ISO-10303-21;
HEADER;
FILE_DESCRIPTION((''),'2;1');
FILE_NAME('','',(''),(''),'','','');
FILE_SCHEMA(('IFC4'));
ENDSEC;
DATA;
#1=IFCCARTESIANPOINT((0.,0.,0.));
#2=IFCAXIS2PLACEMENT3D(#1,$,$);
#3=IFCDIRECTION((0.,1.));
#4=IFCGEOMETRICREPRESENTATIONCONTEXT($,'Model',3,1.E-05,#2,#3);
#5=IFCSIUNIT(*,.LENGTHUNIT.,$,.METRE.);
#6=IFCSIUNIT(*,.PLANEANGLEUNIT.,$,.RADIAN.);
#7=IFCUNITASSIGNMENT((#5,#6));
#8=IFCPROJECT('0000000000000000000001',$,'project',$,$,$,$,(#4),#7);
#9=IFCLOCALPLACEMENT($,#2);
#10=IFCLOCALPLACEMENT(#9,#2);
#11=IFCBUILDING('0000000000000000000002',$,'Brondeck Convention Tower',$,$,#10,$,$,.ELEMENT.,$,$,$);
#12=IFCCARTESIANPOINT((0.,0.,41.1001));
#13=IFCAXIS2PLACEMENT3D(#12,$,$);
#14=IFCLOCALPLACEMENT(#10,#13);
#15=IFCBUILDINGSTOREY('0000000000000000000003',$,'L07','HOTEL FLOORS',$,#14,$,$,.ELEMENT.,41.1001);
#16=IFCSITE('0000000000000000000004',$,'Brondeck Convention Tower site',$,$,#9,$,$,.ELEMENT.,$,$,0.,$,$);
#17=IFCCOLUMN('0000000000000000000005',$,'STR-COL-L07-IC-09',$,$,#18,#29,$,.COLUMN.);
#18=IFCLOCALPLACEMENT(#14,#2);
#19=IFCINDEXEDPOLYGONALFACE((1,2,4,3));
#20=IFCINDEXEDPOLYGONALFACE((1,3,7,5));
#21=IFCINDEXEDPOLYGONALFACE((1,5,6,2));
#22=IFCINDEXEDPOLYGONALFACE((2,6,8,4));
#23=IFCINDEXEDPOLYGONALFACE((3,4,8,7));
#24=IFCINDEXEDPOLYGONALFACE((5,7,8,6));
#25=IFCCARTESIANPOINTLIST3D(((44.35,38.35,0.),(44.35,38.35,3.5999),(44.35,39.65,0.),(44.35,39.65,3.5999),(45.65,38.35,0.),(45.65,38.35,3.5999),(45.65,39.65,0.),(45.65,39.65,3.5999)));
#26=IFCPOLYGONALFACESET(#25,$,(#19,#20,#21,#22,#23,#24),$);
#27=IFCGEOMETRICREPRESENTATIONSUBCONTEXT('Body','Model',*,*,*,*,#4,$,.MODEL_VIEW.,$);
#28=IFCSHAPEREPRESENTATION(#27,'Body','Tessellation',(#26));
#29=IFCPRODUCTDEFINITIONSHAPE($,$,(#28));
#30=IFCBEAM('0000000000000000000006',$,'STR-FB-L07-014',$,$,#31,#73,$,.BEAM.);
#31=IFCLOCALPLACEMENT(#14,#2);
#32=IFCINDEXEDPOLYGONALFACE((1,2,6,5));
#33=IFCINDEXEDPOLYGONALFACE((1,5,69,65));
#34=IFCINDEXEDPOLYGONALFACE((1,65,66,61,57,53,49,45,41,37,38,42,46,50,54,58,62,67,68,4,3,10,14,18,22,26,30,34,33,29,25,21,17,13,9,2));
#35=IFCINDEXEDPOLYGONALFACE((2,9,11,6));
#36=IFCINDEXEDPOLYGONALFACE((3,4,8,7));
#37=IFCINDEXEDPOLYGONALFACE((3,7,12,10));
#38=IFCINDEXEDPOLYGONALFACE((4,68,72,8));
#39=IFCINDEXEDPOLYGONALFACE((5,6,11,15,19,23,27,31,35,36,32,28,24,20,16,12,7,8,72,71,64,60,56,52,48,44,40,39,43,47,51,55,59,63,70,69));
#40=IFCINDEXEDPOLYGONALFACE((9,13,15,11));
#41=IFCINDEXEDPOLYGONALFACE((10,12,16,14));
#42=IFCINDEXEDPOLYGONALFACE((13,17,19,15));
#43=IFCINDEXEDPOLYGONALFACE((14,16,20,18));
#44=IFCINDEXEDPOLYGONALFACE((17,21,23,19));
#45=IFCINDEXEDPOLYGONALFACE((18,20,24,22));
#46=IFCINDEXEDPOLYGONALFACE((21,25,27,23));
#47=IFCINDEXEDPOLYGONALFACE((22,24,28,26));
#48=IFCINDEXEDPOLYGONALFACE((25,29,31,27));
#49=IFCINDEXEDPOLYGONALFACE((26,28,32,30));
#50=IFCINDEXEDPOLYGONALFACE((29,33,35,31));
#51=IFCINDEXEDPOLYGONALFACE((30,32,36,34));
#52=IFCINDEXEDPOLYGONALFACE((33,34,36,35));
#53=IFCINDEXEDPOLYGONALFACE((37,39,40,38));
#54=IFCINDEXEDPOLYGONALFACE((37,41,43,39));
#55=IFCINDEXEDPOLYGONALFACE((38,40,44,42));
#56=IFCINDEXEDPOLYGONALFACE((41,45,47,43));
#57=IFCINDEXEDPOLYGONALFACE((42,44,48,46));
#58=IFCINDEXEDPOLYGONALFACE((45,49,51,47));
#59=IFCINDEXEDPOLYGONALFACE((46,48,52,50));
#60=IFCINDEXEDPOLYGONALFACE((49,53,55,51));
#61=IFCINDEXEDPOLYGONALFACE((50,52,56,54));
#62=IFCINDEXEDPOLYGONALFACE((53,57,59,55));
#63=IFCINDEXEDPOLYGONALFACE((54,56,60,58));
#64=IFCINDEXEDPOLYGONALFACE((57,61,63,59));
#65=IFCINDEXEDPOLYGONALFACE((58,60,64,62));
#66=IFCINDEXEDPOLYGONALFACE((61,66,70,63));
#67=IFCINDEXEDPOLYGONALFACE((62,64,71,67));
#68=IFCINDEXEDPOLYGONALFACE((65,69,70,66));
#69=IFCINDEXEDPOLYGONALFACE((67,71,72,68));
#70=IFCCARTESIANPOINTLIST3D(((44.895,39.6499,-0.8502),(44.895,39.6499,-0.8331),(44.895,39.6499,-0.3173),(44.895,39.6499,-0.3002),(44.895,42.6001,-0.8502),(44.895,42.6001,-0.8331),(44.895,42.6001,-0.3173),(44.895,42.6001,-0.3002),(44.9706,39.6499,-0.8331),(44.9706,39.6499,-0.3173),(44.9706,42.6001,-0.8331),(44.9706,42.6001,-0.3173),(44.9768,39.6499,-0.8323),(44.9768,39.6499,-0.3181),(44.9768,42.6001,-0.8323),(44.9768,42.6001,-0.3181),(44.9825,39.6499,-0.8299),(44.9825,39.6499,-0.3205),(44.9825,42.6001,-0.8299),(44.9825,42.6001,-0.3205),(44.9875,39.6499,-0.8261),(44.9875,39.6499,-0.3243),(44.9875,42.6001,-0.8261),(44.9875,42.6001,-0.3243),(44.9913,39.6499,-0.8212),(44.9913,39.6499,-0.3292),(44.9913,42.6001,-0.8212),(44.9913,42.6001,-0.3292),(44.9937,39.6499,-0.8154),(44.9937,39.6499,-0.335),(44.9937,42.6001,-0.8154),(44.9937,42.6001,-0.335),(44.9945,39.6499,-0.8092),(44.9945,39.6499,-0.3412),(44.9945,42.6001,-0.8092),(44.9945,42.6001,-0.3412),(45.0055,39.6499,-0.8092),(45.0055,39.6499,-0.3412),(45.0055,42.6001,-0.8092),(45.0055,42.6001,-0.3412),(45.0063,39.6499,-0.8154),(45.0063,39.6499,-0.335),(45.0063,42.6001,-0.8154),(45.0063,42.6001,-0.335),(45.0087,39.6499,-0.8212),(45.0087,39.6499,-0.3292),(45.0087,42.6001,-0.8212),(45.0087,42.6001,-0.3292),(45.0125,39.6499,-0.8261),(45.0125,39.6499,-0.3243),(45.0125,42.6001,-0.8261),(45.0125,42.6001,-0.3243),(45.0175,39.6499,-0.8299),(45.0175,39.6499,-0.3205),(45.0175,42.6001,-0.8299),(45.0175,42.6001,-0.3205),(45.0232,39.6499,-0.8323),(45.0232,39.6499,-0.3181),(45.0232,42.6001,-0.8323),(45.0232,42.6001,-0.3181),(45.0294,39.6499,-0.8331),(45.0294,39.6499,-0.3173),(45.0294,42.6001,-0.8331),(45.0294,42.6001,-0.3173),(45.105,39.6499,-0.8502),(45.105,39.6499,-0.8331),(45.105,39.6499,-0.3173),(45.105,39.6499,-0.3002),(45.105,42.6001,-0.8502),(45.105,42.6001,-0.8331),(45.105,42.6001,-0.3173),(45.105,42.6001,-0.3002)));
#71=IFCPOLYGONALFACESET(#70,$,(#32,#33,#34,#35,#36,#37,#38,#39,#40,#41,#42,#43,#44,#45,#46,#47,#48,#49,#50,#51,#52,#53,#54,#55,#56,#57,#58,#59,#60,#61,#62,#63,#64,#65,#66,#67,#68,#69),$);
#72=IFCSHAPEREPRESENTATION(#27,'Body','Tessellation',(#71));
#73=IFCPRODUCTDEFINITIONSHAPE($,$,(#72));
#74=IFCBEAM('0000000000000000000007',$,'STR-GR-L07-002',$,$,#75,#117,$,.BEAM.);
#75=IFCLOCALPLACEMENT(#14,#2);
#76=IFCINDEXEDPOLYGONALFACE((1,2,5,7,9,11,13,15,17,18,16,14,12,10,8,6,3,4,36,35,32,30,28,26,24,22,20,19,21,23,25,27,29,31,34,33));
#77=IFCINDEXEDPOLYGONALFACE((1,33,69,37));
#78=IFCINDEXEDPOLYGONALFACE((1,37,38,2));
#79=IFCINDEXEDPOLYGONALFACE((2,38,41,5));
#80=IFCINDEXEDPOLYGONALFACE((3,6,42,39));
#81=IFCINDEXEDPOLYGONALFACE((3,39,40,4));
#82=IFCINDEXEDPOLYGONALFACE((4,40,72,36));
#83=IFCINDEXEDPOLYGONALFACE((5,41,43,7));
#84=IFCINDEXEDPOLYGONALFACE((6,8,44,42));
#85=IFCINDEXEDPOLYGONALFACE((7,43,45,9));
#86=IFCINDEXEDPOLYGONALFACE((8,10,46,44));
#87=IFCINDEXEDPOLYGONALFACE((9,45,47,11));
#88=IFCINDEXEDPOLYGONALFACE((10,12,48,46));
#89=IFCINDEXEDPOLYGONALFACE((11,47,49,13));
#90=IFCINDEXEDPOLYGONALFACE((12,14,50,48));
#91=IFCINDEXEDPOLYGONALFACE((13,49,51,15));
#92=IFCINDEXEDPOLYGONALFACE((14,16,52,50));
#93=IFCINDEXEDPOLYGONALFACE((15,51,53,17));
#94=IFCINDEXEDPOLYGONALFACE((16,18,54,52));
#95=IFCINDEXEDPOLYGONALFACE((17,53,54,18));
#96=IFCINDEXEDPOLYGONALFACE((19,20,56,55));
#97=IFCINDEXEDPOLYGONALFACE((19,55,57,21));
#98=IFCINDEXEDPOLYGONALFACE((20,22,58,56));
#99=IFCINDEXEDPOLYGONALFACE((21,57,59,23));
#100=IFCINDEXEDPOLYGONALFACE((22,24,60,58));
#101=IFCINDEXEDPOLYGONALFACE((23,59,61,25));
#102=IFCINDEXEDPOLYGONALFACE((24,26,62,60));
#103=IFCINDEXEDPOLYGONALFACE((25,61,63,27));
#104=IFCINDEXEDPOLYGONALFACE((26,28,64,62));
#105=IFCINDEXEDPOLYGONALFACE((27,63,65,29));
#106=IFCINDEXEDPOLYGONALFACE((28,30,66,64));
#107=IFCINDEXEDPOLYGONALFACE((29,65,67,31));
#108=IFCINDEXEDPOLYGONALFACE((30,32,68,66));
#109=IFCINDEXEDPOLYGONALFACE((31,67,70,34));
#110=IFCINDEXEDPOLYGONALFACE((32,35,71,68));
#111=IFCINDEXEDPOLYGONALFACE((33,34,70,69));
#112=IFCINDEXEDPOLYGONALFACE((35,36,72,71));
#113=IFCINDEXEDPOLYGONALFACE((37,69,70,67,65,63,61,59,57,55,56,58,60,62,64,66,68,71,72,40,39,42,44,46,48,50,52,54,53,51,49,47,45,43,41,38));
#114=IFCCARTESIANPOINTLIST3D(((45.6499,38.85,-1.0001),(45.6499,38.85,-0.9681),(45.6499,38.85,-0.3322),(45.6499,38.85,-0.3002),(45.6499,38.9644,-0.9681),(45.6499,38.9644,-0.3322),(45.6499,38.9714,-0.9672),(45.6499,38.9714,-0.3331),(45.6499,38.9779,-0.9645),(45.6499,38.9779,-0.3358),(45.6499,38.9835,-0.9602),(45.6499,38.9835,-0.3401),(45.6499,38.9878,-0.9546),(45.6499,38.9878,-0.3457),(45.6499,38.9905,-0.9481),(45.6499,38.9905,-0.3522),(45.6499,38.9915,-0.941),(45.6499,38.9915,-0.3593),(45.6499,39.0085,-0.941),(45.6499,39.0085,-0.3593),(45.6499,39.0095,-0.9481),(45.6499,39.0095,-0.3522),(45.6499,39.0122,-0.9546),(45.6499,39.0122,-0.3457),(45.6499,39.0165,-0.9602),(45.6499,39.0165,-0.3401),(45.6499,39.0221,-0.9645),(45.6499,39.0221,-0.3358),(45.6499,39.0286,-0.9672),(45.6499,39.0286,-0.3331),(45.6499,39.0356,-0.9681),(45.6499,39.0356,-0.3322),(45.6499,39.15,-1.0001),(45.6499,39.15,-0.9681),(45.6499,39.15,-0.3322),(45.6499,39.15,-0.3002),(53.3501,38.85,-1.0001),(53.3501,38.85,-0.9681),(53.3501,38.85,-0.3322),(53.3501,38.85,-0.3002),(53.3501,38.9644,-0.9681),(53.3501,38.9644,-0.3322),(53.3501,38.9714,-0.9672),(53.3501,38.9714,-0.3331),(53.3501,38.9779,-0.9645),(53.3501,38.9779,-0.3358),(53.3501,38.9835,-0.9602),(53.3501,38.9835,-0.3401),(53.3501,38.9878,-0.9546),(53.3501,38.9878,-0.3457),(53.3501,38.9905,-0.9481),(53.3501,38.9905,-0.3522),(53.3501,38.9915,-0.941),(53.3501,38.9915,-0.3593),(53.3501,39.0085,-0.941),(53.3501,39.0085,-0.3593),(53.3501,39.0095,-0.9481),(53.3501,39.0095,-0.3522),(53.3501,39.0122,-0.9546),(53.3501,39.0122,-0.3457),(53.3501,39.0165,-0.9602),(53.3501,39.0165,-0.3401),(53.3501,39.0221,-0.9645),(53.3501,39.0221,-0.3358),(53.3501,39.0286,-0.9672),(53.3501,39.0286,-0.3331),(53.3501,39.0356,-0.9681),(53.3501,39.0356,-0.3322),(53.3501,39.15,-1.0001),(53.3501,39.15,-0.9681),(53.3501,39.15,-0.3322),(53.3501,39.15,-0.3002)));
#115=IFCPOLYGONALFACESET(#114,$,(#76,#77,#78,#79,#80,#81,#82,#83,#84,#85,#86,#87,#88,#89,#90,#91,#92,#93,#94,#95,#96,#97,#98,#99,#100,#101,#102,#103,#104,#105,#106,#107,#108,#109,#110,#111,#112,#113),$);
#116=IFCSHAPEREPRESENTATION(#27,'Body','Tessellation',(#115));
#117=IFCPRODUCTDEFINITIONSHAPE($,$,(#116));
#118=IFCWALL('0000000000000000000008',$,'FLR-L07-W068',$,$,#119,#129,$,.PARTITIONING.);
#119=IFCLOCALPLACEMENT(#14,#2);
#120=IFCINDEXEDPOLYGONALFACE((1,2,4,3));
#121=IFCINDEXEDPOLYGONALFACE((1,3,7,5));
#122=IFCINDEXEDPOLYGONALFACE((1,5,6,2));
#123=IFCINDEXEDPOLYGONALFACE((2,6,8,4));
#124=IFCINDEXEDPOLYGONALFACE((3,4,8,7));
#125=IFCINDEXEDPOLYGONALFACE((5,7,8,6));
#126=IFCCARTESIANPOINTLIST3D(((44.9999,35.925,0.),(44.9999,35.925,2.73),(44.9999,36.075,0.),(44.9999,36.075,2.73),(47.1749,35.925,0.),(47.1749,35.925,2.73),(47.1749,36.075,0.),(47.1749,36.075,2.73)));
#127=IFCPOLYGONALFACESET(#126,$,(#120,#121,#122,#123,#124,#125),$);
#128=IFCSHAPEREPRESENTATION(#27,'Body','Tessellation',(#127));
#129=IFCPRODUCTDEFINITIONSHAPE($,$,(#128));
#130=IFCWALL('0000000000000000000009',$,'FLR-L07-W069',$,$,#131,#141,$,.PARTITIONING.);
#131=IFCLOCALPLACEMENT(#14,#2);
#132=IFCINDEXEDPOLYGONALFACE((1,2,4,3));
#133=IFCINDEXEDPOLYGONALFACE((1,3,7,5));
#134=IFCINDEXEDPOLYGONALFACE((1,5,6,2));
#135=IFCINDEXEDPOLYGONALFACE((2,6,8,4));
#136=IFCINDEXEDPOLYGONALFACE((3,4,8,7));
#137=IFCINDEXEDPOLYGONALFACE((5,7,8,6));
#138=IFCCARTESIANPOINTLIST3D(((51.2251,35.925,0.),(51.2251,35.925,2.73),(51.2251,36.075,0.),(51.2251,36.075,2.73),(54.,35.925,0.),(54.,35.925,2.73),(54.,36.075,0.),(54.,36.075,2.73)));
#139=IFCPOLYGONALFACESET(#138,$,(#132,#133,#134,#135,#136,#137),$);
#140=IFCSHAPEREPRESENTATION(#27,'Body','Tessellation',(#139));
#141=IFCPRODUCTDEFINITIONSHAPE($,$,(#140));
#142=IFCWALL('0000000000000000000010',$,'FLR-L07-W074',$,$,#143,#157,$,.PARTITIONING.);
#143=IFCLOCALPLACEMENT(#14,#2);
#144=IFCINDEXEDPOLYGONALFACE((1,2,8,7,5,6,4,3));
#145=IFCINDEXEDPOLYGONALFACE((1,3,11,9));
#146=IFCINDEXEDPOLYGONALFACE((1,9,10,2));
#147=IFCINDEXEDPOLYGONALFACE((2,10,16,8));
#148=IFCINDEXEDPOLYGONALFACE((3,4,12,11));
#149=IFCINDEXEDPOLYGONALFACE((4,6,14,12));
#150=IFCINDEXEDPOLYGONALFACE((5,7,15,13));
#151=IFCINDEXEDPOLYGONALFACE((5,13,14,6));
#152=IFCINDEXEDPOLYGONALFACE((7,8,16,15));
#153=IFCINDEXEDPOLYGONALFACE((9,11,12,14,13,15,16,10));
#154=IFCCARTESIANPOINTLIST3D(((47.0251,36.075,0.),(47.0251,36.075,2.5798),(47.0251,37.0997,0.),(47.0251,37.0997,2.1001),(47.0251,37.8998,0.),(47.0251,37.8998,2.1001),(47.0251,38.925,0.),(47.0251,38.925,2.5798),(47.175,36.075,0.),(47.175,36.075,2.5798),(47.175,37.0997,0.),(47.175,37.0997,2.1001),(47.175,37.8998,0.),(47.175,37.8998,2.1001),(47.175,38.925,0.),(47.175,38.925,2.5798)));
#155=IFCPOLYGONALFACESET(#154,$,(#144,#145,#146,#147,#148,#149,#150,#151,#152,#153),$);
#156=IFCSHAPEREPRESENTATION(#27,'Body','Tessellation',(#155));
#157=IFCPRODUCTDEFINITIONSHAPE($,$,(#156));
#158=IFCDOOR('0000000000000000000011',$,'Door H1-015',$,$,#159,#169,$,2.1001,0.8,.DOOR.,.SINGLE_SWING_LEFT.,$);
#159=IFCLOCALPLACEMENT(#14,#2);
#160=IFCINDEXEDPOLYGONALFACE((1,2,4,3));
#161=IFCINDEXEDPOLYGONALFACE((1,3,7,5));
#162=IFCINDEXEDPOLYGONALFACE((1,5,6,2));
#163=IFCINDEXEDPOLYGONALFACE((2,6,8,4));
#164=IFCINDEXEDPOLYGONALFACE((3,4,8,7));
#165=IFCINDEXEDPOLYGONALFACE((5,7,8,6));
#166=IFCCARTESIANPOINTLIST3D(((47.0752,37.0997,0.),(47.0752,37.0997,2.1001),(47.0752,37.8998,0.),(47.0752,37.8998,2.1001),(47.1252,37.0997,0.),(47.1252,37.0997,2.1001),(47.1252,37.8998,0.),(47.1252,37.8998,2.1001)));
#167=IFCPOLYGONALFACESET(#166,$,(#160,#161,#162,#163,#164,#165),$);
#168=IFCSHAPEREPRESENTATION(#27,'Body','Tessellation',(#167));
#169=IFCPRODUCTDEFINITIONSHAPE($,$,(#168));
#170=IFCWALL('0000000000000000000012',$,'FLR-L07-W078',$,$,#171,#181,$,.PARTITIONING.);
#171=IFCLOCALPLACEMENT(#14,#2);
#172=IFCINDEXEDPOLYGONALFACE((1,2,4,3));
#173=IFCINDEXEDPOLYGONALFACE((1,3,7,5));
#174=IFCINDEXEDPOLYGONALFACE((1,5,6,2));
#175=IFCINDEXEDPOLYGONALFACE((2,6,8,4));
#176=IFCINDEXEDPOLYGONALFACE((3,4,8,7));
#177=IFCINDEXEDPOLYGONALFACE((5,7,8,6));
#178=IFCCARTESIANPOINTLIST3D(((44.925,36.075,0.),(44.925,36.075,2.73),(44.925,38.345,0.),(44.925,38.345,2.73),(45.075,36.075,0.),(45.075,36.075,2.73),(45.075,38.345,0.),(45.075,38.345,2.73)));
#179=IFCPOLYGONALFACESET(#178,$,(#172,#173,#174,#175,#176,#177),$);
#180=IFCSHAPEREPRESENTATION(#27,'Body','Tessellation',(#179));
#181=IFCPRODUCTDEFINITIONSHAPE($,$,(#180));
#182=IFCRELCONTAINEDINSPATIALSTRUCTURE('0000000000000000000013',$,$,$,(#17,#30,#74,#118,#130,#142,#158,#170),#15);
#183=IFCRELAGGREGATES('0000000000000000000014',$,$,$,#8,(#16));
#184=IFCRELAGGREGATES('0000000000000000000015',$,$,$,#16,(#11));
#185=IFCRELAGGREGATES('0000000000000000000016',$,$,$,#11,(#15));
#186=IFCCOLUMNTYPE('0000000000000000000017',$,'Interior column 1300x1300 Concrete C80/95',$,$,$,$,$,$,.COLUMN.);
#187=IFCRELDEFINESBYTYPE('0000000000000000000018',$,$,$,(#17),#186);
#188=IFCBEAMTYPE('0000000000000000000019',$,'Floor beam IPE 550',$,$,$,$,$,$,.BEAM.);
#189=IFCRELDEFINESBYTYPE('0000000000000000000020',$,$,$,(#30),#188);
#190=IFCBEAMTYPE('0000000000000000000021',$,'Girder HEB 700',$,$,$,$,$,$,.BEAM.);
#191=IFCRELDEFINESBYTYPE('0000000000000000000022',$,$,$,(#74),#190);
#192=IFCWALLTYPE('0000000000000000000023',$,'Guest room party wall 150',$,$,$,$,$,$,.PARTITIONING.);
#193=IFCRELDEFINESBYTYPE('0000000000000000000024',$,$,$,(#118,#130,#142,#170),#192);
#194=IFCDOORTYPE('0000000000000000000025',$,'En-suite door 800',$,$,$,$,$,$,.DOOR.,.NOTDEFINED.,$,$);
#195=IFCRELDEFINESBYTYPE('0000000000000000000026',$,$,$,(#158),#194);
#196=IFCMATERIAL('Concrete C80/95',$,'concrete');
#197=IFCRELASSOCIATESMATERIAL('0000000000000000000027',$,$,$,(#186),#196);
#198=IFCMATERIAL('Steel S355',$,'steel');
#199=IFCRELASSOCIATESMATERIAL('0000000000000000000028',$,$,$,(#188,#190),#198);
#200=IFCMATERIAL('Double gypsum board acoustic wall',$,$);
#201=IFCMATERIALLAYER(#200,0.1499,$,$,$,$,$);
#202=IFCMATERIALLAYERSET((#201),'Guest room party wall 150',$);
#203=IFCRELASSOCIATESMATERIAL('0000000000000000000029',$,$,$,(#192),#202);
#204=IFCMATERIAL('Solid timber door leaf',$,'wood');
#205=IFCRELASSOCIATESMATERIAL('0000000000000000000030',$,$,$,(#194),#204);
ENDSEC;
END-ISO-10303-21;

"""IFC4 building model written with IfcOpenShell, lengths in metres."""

from ifc_helpers import new_model, si_unit, direction, frame, frame_2d, origin, origin_2d, place, context, subcontext, project, spatial, rectangle, i_section, extrude, material, layer, layer_set, material_profile, profile_set, type_object, element, fill, save


model = new_model("IFC4")

# Units and contexts
model_context = context("Model", 3, precision=1e-05, world=origin(), true_north=direction((0.0, 1.0)))
body_context = subcontext(model_context, "Body", "Model", "MODEL_VIEW")
ifc_project = project(units=[si_unit("LENGTHUNIT", "METRE"), si_unit("PLANEANGLEUNIT", "RADIAN")], contexts=[model_context])

# Site, building, storey
site_placement = place(None, origin())
site = spatial("IfcSite", under=ifc_project, at=site_placement, Name="Brondeck Convention Tower site", CompositionType="ELEMENT", RefElevation=0.0)
building_placement = place(site_placement, origin())
building = spatial("IfcBuilding", under=site, at=building_placement, Name="Brondeck Convention Tower", CompositionType="ELEMENT")
storey_placement = place(building_placement, frame((0.0, 0.0, 41.1001)))
storey = spatial("IfcBuildingStorey", under=building, at=storey_placement, Name="L07", Description="HOTEL FLOORS", CompositionType="ELEMENT", Elevation=41.1001)

# Column
ifc_material_1 = material(Name="Concrete C80/95", Category="concrete")
ifc_material_profile_1 = material_profile(ifc_material_1, rectangle(XDim=1.3, YDim=1.3, at=origin_2d()), Name="Interior column 1300x1300 Concrete C80/95")
ifc_profile_set_1 = profile_set([ifc_material_profile_1], Name="Concrete C80/95")
column_type = type_object("IfcColumnType", Name="Interior column 1300x1300 Concrete C80/95", PredefinedType="COLUMN", material=ifc_profile_set_1)
column_placement = place(storey_placement, frame((45.0, 39.0, 0.0), z_axis=(0.0, 0.0, 1.0), x_axis=(1.0, 0.0, 0.0)))
element("IfcColumn", 1, at=column_placement, inside=storey, type_object=column_type, Name="STR-COL-L07-IC-09", PredefinedType="COLUMN", context=body_context, shape_type="SweptSolid", body=[
    extrude(rectangle(XDim=1.3, YDim=1.3, at=origin_2d()), origin(), (0.0, 0.0, 1.0), 3.5999),
])

# Beams
ifc_material_2 = material(Name="Steel S355", Category="steel")
ifc_material_profile_2 = material_profile(ifc_material_2, i_section(OverallWidth=0.21, OverallDepth=0.55, WebThickness=0.011, FlangeThickness=0.0171, FilletRadius=0.0239, at=origin_2d()), Name="IPE 550")
ifc_profile_set_2 = profile_set([ifc_material_profile_2], Name="Steel S355")
beam_type_1 = type_object("IfcBeamType", Name="Floor beam IPE 550", PredefinedType="BEAM", material=ifc_profile_set_2)
beam_1_placement = place(storey_placement, frame((45.0, 39.6499, -0.5752), z_axis=(0.0, 1.0, 0.0), x_axis=(-1.0, 0.0, 0.0)))
element("IfcBeam", 2, at=beam_1_placement, inside=storey, type_object=beam_type_1, Name="STR-FB-L07-014", PredefinedType="BEAM", context=body_context, shape_type="SweptSolid", body=[
    extrude(i_section(OverallWidth=0.21, OverallDepth=0.55, WebThickness=0.011, FlangeThickness=0.0171, FilletRadius=0.0239, at=origin_2d()), origin(), (0.0, 0.0, 1.0), 2.9502),
])
ifc_material_profile_3 = material_profile(ifc_material_2, i_section(OverallWidth=0.3, OverallDepth=0.7, WebThickness=0.0171, FlangeThickness=0.032, FilletRadius=0.0271, at=origin_2d()), Name="HEB 700")
ifc_profile_set_3 = profile_set([ifc_material_profile_3], Name="Steel S355")
beam_type_2 = type_object("IfcBeamType", Name="Girder HEB 700", PredefinedType="BEAM", material=ifc_profile_set_3)
beam_2_placement = place(storey_placement, frame((45.6499, 39.0, -0.6501), z_axis=(1.0, 0.0, 0.0), x_axis=(0.0, 1.0, 0.0)))
element("IfcBeam", 3, at=beam_2_placement, inside=storey, type_object=beam_type_2, Name="STR-GR-L07-002", PredefinedType="BEAM", context=body_context, shape_type="SweptSolid", body=[
    extrude(i_section(OverallWidth=0.3, OverallDepth=0.7, WebThickness=0.0171, FlangeThickness=0.032, FilletRadius=0.0271, at=origin_2d()), origin(), (0.0, 0.0, 1.0), 7.7002),
])

# Walls
ifc_material_3 = material(Name="Double gypsum board acoustic wall")
ifc_layer_1 = layer(ifc_material_3, 0.1499)
ifc_layer_set_1 = layer_set([ifc_layer_1], Name="Guest room party wall 150")
wall_type_1 = type_object("IfcWallType", Name="Guest room party wall 150", PredefinedType="PARTITIONING", material=ifc_layer_set_1)
wall_1_placement = place(storey_placement, frame((45.0, 36.0, 0.0), z_axis=(0.0, 0.0, 1.0), x_axis=(1.0, 0.0, 0.0)))
element("IfcWall", 4, at=wall_1_placement, inside=storey, type_object=wall_type_1, Name="FLR-L07-W068", PredefinedType="PARTITIONING", context=body_context, shape_type="SweptSolid", body=[
    extrude(rectangle(XDim=2.175, YDim=0.1499, at=frame_2d((1.0874, 0.0))), origin(), (0.0, 0.0, 1.0), 2.73),
])
wall_2_placement = place(storey_placement, frame((51.2251, 36.0, 0.0), z_axis=(0.0, 0.0, 1.0), x_axis=(1.0, 0.0, 0.0)))
element("IfcWall", 5, at=wall_2_placement, inside=storey, type_object=wall_type_1, Name="FLR-L07-W069", PredefinedType="PARTITIONING", context=body_context, shape_type="SweptSolid", body=[
    extrude(rectangle(XDim=2.7749, YDim=0.1499, at=frame_2d((1.3875, 0.0))), origin(), (0.0, 0.0, 1.0), 2.73),
])

# Wall, opening, door
wall_3_placement = place(storey_placement, frame((47.1001, 36.075, 0.0), z_axis=(0.0, 0.0, 1.0), x_axis=(0.0, 1.0, 0.0)))
wall_3 = element("IfcWall", 6, at=wall_3_placement, inside=storey, type_object=wall_type_1, Name="FLR-L07-W074", PredefinedType="PARTITIONING", context=body_context, shape_type="SweptSolid", body=[
    extrude(rectangle(XDim=2.8501, YDim=0.1499, at=frame_2d((1.425, 0.0))), origin(), (0.0, 0.0, 1.0), 2.5798),
])
opening_1_placement = place(wall_3_placement, frame((1.0249, 0.0, 0.0)))
opening_1 = element("IfcOpeningElement", 7, at=opening_1_placement, cuts=wall_3, PredefinedType="OPENING", context=body_context, shape_type="SweptSolid", body=[
    extrude(rectangle(XDim=0.8, YDim=2.1001, at=frame_2d((0.3999, 1.05))), frame((0.0, 0.085, 0.0), z_axis=(0.0, -1.0, 0.0), x_axis=(1.0, 0.0, 0.0)), (0.0, 0.0, 1.0), 0.1699),
])
ifc_material_4 = material(Name="Solid timber door leaf", Category="wood")
door_type_1 = type_object("IfcDoorType", Name="En-suite door 800", OperationType="NOTDEFINED", PredefinedType="DOOR", material=ifc_material_4)
door_1_placement = place(opening_1_placement, origin())
door_1 = element("IfcDoor", 8, at=door_1_placement, inside=storey, type_object=door_type_1, Name="Door H1-015", OperationType="SINGLE_SWING_LEFT", OverallHeight=2.1001, OverallWidth=0.8, PredefinedType="DOOR", context=body_context, shape_type="SweptSolid", body=[
    extrude(rectangle(XDim=0.8, YDim=2.1001, at=frame_2d((0.3999, 1.05))), frame((0.0, 0.0249, 0.0), z_axis=(0.0, -1.0, 0.0), x_axis=(1.0, 0.0, 0.0)), (0.0, 0.0, 1.0), 0.05),
])
fill(opening_1, door_1)

# Wall
wall_4_placement = place(storey_placement, frame((45.0, 38.345, 0.0), z_axis=(0.0, 0.0, 1.0), x_axis=(0.0, -1.0, 0.0)))
element("IfcWall", 9, at=wall_4_placement, inside=storey, type_object=wall_type_1, Name="FLR-L07-W078", PredefinedType="PARTITIONING", context=body_context, shape_type="SweptSolid", body=[
    extrude(rectangle(XDim=2.27, YDim=0.1499, at=frame_2d((1.135, 0.0))), origin(), (0.0, 0.0, 1.0), 2.73),
])

save(model, "model.ifc")
